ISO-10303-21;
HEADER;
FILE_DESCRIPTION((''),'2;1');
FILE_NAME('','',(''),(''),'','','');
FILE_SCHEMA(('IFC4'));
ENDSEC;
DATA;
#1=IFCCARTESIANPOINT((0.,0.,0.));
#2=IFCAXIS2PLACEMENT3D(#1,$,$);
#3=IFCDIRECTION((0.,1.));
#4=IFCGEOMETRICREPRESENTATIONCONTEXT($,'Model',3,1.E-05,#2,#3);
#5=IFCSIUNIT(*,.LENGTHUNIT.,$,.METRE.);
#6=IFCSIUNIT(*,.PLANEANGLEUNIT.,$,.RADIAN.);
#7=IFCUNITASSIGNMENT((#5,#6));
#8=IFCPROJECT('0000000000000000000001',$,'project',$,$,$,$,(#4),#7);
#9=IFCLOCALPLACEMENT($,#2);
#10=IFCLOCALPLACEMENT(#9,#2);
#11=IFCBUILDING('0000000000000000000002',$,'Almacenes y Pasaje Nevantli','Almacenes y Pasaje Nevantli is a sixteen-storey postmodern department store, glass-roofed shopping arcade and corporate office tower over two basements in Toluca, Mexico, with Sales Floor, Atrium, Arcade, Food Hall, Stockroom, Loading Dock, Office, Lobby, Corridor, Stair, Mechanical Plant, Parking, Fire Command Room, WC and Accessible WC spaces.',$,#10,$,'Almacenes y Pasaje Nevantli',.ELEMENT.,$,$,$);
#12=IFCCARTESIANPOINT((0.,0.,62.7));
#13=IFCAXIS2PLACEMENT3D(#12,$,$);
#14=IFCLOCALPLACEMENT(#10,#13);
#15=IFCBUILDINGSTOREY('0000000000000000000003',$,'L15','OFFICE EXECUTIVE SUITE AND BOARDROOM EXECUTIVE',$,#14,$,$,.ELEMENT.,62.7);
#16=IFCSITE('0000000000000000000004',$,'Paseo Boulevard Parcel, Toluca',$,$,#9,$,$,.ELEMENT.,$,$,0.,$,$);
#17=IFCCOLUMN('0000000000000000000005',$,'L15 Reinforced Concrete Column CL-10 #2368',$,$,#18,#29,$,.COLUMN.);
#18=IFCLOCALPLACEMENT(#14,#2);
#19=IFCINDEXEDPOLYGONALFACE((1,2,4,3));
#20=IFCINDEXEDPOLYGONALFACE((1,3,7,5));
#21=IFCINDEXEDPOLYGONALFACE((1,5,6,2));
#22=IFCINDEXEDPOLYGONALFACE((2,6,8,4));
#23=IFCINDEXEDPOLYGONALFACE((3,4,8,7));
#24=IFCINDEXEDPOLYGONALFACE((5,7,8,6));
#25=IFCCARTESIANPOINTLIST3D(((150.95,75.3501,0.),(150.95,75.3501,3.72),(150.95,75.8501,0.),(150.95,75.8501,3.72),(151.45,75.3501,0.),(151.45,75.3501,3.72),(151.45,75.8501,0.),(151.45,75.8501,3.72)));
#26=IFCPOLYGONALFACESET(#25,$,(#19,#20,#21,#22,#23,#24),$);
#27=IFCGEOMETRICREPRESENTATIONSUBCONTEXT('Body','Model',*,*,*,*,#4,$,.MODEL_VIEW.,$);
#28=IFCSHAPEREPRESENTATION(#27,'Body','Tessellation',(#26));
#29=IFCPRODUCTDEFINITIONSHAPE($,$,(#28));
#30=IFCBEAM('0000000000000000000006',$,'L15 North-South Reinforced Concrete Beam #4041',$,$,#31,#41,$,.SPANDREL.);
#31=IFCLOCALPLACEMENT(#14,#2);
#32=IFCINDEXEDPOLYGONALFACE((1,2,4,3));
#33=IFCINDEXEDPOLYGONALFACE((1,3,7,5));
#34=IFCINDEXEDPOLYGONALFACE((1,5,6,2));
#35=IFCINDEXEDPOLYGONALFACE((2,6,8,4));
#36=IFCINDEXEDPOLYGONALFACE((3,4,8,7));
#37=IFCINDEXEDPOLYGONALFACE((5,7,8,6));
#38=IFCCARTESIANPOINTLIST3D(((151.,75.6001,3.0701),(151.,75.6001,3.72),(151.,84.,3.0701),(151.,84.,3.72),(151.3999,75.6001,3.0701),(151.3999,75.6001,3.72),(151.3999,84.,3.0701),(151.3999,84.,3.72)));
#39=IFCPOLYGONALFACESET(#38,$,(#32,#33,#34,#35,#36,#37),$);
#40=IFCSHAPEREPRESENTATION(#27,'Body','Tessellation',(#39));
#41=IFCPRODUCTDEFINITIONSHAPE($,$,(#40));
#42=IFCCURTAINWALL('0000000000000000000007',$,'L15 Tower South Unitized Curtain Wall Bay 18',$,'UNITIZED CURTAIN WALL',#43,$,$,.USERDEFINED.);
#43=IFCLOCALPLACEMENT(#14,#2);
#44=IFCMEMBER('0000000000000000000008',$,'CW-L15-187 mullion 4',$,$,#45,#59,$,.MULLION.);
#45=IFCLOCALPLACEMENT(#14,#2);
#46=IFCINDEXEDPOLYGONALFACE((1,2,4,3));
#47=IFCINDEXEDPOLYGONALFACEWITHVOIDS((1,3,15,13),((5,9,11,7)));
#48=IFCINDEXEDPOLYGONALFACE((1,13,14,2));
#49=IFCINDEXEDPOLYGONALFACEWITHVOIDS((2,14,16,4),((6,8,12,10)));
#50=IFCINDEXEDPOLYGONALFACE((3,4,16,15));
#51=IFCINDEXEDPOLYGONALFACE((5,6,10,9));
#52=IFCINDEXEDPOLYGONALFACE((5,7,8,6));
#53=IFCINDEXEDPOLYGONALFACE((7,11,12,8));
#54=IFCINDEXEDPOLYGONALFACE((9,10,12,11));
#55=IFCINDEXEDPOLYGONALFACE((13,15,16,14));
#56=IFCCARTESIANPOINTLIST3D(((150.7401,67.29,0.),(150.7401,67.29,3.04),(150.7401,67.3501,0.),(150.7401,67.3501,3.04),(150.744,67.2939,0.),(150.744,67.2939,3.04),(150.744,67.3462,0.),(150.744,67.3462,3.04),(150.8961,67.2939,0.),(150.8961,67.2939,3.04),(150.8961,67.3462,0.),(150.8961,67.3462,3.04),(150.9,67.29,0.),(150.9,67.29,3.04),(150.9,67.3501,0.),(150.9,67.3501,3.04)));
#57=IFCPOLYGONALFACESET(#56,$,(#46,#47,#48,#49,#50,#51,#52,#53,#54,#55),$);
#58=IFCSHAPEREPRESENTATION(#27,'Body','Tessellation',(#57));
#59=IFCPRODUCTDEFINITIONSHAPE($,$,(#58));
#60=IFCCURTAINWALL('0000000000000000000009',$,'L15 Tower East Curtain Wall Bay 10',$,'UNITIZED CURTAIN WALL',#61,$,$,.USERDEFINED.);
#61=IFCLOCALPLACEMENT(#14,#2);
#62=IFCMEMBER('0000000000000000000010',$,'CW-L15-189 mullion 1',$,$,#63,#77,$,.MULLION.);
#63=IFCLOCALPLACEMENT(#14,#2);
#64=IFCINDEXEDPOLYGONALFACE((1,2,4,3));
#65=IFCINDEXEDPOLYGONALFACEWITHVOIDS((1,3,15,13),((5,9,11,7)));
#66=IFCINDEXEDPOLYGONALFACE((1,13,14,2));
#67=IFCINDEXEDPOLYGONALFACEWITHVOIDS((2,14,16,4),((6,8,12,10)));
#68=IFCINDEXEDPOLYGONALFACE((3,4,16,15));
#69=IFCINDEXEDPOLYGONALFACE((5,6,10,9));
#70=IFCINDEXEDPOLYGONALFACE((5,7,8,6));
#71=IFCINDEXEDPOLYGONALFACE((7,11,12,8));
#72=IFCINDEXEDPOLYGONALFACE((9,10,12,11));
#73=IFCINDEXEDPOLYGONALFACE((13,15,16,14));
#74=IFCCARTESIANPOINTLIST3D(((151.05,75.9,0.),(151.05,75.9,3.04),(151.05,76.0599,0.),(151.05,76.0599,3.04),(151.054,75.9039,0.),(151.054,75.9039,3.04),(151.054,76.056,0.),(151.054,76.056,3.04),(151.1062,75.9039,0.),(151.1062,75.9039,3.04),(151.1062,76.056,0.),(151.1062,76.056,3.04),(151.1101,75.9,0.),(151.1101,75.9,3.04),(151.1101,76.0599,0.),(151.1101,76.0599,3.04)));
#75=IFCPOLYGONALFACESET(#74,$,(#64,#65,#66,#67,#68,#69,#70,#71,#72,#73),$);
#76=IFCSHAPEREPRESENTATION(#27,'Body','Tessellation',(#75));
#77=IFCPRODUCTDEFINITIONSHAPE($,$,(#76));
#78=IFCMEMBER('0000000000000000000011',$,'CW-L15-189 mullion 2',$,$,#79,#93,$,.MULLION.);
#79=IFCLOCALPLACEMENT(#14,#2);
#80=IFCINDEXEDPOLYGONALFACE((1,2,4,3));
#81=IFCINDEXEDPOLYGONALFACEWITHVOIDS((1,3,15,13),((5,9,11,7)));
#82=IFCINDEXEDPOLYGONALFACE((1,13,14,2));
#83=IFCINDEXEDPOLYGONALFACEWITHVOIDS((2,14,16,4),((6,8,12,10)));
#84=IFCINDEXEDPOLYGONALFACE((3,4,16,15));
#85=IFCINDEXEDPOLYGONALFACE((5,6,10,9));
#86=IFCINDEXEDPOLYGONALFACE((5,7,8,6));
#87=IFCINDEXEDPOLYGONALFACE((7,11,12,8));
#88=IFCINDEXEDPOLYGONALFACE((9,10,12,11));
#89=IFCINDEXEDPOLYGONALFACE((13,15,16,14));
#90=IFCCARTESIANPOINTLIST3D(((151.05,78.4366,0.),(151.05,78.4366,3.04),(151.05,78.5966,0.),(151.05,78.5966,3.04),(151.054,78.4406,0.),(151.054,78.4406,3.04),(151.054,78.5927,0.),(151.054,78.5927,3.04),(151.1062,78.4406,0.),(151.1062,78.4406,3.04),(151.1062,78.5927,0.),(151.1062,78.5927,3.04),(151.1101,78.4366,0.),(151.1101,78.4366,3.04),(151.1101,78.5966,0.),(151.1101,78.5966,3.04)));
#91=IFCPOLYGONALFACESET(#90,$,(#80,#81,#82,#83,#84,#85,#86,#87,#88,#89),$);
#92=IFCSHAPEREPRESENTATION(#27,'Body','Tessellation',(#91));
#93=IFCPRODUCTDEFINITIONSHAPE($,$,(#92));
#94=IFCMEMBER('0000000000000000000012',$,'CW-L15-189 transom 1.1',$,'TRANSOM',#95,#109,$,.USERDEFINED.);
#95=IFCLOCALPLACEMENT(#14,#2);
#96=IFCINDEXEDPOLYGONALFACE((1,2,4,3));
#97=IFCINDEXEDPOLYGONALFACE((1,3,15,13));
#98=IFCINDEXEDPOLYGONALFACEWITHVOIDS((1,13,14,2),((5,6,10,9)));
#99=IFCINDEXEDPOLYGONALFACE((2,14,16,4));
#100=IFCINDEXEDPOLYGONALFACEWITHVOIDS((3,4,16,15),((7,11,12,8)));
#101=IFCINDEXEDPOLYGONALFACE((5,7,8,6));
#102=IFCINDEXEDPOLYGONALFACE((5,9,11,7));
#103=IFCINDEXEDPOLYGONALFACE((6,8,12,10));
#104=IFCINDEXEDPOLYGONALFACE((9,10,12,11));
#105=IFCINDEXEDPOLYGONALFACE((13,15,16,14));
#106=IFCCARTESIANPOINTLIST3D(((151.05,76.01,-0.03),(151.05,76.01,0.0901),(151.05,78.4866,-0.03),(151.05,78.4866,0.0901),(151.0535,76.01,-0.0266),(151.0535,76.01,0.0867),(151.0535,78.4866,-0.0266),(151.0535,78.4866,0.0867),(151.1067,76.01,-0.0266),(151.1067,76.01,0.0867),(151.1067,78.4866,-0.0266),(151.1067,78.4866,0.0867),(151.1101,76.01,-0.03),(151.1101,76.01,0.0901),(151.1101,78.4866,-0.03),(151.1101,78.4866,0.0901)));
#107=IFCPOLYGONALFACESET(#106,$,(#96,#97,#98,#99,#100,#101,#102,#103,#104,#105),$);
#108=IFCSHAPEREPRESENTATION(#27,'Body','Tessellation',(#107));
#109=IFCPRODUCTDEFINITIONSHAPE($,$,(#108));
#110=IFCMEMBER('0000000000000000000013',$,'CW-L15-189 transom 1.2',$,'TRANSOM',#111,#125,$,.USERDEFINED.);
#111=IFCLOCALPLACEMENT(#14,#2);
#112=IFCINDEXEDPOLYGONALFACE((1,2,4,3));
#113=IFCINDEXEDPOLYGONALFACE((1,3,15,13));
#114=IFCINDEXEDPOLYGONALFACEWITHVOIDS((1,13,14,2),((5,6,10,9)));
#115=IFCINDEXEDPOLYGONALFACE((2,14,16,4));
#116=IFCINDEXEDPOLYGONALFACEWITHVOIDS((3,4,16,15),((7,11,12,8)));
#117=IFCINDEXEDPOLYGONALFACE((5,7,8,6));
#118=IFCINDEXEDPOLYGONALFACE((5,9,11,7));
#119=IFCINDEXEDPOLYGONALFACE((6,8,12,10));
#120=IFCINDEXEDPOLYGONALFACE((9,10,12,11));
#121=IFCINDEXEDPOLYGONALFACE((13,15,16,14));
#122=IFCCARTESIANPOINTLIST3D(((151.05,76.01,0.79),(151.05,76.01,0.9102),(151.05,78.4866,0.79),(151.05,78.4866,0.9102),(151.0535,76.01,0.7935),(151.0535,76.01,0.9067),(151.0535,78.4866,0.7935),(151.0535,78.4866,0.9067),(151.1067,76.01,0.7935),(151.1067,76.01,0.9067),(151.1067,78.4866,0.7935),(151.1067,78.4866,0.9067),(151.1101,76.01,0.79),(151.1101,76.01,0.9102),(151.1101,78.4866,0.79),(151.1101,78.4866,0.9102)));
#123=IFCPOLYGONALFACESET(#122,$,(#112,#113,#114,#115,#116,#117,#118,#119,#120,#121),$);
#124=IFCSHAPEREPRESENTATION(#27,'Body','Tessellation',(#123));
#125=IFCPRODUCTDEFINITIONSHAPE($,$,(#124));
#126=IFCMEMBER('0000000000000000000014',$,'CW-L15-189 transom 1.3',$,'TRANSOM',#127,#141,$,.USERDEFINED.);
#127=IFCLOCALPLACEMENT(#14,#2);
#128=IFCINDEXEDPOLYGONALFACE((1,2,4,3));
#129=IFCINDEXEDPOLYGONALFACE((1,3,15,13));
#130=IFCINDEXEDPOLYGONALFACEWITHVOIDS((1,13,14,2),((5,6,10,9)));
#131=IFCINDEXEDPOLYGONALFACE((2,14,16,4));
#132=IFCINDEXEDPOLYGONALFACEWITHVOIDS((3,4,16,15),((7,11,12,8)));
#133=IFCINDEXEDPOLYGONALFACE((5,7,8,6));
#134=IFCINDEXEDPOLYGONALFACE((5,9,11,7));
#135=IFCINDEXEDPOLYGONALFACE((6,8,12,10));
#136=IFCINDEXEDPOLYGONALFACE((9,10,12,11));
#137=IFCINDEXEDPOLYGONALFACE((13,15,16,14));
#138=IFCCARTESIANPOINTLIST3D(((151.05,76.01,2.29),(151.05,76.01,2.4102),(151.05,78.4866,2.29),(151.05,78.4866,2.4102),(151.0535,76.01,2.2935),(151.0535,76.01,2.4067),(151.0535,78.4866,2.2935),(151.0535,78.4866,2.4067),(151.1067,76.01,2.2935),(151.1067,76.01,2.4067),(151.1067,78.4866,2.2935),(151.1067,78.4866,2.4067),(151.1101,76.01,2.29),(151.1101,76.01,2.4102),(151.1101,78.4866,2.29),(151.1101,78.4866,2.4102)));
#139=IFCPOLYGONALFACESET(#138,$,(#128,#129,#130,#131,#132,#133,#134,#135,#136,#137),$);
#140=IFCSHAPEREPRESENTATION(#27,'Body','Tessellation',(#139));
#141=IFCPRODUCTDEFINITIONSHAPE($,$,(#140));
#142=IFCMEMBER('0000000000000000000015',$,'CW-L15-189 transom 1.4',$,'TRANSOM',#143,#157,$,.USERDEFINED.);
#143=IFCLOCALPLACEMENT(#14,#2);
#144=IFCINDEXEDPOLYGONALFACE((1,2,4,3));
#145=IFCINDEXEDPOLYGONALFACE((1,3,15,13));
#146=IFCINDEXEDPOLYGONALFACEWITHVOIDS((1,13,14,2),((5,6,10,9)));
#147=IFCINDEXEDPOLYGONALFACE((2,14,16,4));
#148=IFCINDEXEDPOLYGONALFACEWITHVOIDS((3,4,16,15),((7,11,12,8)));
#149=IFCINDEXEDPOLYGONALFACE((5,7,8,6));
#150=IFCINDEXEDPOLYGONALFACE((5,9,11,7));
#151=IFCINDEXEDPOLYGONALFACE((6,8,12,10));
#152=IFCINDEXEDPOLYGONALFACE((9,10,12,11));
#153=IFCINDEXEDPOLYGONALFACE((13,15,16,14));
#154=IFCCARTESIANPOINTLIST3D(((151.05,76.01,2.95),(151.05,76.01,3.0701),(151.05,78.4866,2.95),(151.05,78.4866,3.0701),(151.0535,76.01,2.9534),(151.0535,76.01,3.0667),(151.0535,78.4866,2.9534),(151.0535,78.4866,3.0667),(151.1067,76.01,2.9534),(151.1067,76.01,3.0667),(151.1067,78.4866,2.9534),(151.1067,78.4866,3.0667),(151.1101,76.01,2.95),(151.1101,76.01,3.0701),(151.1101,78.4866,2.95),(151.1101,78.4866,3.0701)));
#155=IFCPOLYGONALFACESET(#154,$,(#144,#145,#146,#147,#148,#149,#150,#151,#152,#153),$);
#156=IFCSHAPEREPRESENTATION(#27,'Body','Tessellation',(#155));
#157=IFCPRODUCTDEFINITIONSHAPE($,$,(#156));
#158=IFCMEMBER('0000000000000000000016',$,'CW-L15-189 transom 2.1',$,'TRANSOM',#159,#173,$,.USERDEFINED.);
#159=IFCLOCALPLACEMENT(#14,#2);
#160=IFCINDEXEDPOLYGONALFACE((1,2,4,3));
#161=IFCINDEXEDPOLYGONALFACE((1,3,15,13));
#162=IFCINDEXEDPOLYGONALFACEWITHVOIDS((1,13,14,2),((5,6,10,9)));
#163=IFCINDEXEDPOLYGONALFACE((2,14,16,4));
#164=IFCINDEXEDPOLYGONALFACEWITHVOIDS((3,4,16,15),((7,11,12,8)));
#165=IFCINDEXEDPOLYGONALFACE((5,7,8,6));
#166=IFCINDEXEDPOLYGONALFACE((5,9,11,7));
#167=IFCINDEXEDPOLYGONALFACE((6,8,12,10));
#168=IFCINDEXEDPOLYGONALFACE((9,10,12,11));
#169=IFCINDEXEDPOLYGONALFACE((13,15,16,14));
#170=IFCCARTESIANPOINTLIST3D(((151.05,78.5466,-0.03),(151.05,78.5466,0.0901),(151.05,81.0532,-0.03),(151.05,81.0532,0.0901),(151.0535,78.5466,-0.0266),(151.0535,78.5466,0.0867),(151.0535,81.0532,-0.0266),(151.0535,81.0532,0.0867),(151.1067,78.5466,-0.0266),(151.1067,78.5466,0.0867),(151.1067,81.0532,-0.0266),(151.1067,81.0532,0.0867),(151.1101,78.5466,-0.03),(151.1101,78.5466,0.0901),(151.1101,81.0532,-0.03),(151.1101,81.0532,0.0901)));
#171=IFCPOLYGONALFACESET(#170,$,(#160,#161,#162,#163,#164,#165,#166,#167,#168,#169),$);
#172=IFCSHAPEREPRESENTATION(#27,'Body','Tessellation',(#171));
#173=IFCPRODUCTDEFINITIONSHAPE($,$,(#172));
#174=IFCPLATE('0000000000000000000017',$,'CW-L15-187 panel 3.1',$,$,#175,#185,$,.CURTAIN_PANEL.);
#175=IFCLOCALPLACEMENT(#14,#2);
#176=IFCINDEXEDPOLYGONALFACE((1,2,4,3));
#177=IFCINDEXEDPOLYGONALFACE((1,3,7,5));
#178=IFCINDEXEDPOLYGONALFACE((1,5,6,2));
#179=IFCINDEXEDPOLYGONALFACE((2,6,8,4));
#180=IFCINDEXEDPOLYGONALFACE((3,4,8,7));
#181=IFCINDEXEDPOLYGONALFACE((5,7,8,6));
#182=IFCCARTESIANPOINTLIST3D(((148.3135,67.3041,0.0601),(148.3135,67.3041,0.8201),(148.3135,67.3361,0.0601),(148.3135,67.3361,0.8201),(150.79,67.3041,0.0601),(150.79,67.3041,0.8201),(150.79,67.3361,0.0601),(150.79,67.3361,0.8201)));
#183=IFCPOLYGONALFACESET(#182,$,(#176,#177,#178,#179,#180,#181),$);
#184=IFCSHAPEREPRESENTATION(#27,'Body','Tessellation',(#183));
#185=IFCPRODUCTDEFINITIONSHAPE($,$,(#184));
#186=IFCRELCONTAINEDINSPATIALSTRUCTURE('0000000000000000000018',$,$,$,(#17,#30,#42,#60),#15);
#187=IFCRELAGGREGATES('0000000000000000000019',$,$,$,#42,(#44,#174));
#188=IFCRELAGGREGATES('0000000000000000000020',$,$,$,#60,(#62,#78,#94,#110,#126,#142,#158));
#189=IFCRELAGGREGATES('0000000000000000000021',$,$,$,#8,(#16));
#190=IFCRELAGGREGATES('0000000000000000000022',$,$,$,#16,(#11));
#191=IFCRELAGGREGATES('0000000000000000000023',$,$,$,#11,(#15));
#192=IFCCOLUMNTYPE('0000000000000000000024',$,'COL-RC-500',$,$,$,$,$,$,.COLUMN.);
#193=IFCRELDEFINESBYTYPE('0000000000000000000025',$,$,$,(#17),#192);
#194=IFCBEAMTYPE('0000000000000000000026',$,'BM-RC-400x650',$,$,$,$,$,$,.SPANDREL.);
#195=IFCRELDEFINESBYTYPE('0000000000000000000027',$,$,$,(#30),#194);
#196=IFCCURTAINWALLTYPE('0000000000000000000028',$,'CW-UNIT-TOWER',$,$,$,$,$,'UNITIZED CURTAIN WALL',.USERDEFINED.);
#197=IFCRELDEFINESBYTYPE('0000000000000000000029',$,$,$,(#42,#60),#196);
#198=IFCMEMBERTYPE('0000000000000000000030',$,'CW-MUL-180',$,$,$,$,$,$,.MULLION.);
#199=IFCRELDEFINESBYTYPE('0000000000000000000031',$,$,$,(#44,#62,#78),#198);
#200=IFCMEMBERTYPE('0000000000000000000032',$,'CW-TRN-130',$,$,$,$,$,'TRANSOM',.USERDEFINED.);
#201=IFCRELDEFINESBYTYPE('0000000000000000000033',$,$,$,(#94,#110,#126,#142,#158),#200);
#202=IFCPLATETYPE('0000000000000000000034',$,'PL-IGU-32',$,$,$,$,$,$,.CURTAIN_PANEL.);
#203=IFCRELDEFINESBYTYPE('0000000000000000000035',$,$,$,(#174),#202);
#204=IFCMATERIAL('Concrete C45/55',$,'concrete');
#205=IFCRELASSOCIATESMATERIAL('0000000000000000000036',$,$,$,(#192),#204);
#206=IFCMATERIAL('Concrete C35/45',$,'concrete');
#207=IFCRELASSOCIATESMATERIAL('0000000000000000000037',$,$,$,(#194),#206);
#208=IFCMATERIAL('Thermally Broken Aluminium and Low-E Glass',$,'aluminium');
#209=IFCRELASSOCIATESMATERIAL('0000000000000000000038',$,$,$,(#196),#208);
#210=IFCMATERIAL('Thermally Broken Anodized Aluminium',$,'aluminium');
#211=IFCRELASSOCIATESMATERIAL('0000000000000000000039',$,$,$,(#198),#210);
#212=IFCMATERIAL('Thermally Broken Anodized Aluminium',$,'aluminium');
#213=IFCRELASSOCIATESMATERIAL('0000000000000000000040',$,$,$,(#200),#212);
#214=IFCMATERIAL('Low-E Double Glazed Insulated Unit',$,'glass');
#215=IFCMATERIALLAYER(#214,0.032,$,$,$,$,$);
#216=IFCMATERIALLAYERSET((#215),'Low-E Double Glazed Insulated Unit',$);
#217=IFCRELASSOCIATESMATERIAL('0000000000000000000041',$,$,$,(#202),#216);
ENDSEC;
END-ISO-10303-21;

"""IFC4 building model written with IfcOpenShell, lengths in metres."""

from ifc_helpers import new_model, si_unit, direction, frame, origin, origin_2d, place, context, subcontext, project, spatial, rectangle, hollow_rectangle, extrude, material, layer, layer_set, material_profile, profile_set, type_object, element, aggregate, save


model = new_model("IFC4")

# Units and contexts
model_context = context("Model", 3, precision=1e-05, world=origin(), true_north=direction((0.0, 1.0)))
body_context = subcontext(model_context, "Body", "Model", "MODEL_VIEW")
ifc_project = project(units=[si_unit("LENGTHUNIT", "METRE"), si_unit("PLANEANGLEUNIT", "RADIAN")], contexts=[model_context])

# Site, building, storey
site_placement = place(None, origin())
site = spatial("IfcSite", under=ifc_project, at=site_placement, Name="Paseo Boulevard Parcel, Toluca", CompositionType="ELEMENT", RefElevation=0.0)
building_placement = place(site_placement, origin())
building = spatial("IfcBuilding", under=site, at=building_placement, Name="Almacenes y Pasaje Nevantli", Description="Almacenes y Pasaje Nevantli is a sixteen-storey postmodern department store, glass-roofed shopping arcade and corporate office tower over two basements in Toluca, Mexico, with Sales Floor, Atrium, Arcade, Food Hall, Stockroom, Loading Dock, Office, Lobby, Corridor, Stair, Mechanical Plant, Parking, Fire Command Room, WC and Accessible WC spaces.", LongName="Almacenes y Pasaje Nevantli", CompositionType="ELEMENT")
storey_placement = place(building_placement, frame((0.0, 0.0, 62.7)))
storey = spatial("IfcBuildingStorey", under=building, at=storey_placement, Name="L15", Description="OFFICE EXECUTIVE SUITE AND BOARDROOM EXECUTIVE", CompositionType="ELEMENT", Elevation=62.7)

# Column
ifc_material_1 = material(Name="Concrete C45/55", Category="concrete")
ifc_material_profile_1 = material_profile(ifc_material_1, rectangle(XDim=0.5, YDim=0.5, at=origin_2d()), Name="RC-COL-500x500")
ifc_profile_set_1 = profile_set([ifc_material_profile_1], Name="Concrete C45/55")
column_type = type_object("IfcColumnType", Name="COL-RC-500", PredefinedType="COLUMN", material=ifc_profile_set_1)
column_placement = place(storey_placement, frame((151.2, 75.6001, 0.0), z_axis=(0.0, 0.0, 1.0), x_axis=(1.0, 0.0, 0.0)))
element("IfcColumn", 1, at=column_placement, inside=storey, type_object=column_type, Name="L15 Reinforced Concrete Column CL-10 #2368", PredefinedType="COLUMN", context=body_context, shape_type="SweptSolid", body=[
    extrude(rectangle(XDim=0.5, YDim=0.5, at=origin_2d()), origin(), (0.0, 0.0, 1.0), 3.72),
])

# Beam
ifc_material_2 = material(Name="Concrete C35/45", Category="concrete")
ifc_material_profile_2 = material_profile(ifc_material_2, rectangle(XDim=0.3999, YDim=0.6499, at=origin_2d()), Name="RC-BM-400x650")
ifc_profile_set_2 = profile_set([ifc_material_profile_2], Name="Concrete C35/45")
beam_type = type_object("IfcBeamType", Name="BM-RC-400x650", PredefinedType="SPANDREL", material=ifc_profile_set_2)
beam_placement = place(storey_placement, frame((151.2, 75.6001, 3.395), z_axis=(0.0, 1.0, 0.0), x_axis=(-1.0, 0.0, 0.0)))
element("IfcBeam", 2, at=beam_placement, inside=storey, type_object=beam_type, Name="L15 North-South Reinforced Concrete Beam #4041", PredefinedType="SPANDREL", context=body_context, shape_type="SweptSolid", body=[
    extrude(rectangle(XDim=0.3999, YDim=0.6499, at=origin_2d()), origin(), (0.0, 0.0, 1.0), 8.3999),
])

# Curtain wall, member
ifc_material_3 = material(Name="Thermally Broken Aluminium and Low-E Glass", Category="aluminium")
curtain_wall_type = type_object("IfcCurtainWallType", Name="CW-UNIT-TOWER", ElementType="UNITIZED CURTAIN WALL", PredefinedType="USERDEFINED", material=ifc_material_3)
curtain_wall_1_placement = place(storey_placement, origin())
curtain_wall_1 = element("IfcCurtainWall", 3, at=curtain_wall_1_placement, inside=storey, type_object=curtain_wall_type, Name="L15 Tower South Unitized Curtain Wall Bay 18", ObjectType="UNITIZED CURTAIN WALL", PredefinedType="USERDEFINED")
ifc_material_4 = material(Name="Thermally Broken Anodized Aluminium", Category="aluminium")
ifc_material_profile_3 = material_profile(ifc_material_4, hollow_rectangle(XDim=0.0601, YDim=0.1599, WallThickness=0.0039, at=origin_2d()), Name="ALU-MUL-60x160")
ifc_profile_set_3 = profile_set([ifc_material_profile_3], Name="Thermally Broken Anodized Aluminium")
member_type_1 = type_object("IfcMemberType", Name="CW-MUL-180", PredefinedType="MULLION", material=ifc_profile_set_3)
member_1_placement = place(storey_placement, frame((150.8201, 67.3201, 0.0), z_axis=(0.0, 0.0, 1.0), x_axis=(0.0, 1.0, 0.0)))
member_1 = element("IfcMember", 4, at=member_1_placement, type_object=member_type_1, Name="CW-L15-187 mullion 4", PredefinedType="MULLION", context=body_context, shape_type="SweptSolid", body=[
    extrude(hollow_rectangle(XDim=0.0601, YDim=0.1599, WallThickness=0.0039, at=origin_2d()), origin(), (0.0, 0.0, 1.0), 3.04),
])

# Curtain wall, members
curtain_wall_2_placement = place(storey_placement, origin())
curtain_wall_2 = element("IfcCurtainWall", 5, at=curtain_wall_2_placement, inside=storey, type_object=curtain_wall_type, Name="L15 Tower East Curtain Wall Bay 10", ObjectType="UNITIZED CURTAIN WALL", PredefinedType="USERDEFINED")
member_2_placement = place(storey_placement, frame((151.0801, 75.98, 0.0), z_axis=(0.0, 0.0, 1.0), x_axis=(-1.0, 0.0, 0.0)))
member_2 = element("IfcMember", 6, at=member_2_placement, type_object=member_type_1, Name="CW-L15-189 mullion 1", PredefinedType="MULLION", context=body_context, shape_type="SweptSolid", body=[
    extrude(hollow_rectangle(XDim=0.0601, YDim=0.1599, WallThickness=0.0039, at=origin_2d()), origin(), (0.0, 0.0, 1.0), 3.04),
])
member_3_placement = place(storey_placement, frame((151.0801, 78.5166, 0.0), z_axis=(0.0, 0.0, 1.0), x_axis=(-1.0, 0.0, 0.0)))
member_3 = element("IfcMember", 7, at=member_3_placement, type_object=member_type_1, Name="CW-L15-189 mullion 2", PredefinedType="MULLION", context=body_context, shape_type="SweptSolid", body=[
    extrude(hollow_rectangle(XDim=0.0601, YDim=0.1599, WallThickness=0.0039, at=origin_2d()), origin(), (0.0, 0.0, 1.0), 3.04),
])
ifc_material_5 = material(Name="Thermally Broken Anodized Aluminium", Category="aluminium")
ifc_material_profile_4 = material_profile(ifc_material_5, hollow_rectangle(XDim=0.0601, YDim=0.1201, WallThickness=0.0034, at=origin_2d()), Name="ALU-TRN-60x120")
ifc_profile_set_4 = profile_set([ifc_material_profile_4], Name="Thermally Broken Anodized Aluminium")
member_type_2 = type_object("IfcMemberType", Name="CW-TRN-130", ElementType="TRANSOM", PredefinedType="USERDEFINED", material=ifc_profile_set_4)
member_4_placement = place(storey_placement, frame((151.0801, 76.01, 0.03), z_axis=(0.0, 1.0, 0.0), x_axis=(-1.0, 0.0, 0.0)))
member_4 = element("IfcMember", 8, at=member_4_placement, type_object=member_type_2, Name="CW-L15-189 transom 1.1", ObjectType="TRANSOM", PredefinedType="USERDEFINED", context=body_context, shape_type="SweptSolid", body=[
    extrude(hollow_rectangle(XDim=0.0601, YDim=0.1201, WallThickness=0.0034, at=origin_2d()), origin(), (0.0, 0.0, 1.0), 2.4766),
])
member_5_placement = place(storey_placement, frame((151.0801, 76.01, 0.8501), z_axis=(0.0, 1.0, 0.0), x_axis=(-1.0, 0.0, 0.0)))
member_5 = element("IfcMember", 9, at=member_5_placement, type_object=member_type_2, Name="CW-L15-189 transom 1.2", ObjectType="TRANSOM", PredefinedType="USERDEFINED", context=body_context, shape_type="SweptSolid", body=[
    extrude(hollow_rectangle(XDim=0.0601, YDim=0.1201, WallThickness=0.0034, at=origin_2d()), origin(), (0.0, 0.0, 1.0), 2.4766),
])
member_6_placement = place(storey_placement, frame((151.0801, 76.01, 2.3501), z_axis=(0.0, 1.0, 0.0), x_axis=(-1.0, 0.0, 0.0)))
member_6 = element("IfcMember", 10, at=member_6_placement, type_object=member_type_2, Name="CW-L15-189 transom 1.3", ObjectType="TRANSOM", PredefinedType="USERDEFINED", context=body_context, shape_type="SweptSolid", body=[
    extrude(hollow_rectangle(XDim=0.0601, YDim=0.1201, WallThickness=0.0034, at=origin_2d()), origin(), (0.0, 0.0, 1.0), 2.4766),
])
member_7_placement = place(storey_placement, frame((151.0801, 76.01, 3.01), z_axis=(0.0, 1.0, 0.0), x_axis=(-1.0, 0.0, 0.0)))
member_7 = element("IfcMember", 11, at=member_7_placement, type_object=member_type_2, Name="CW-L15-189 transom 1.4", ObjectType="TRANSOM", PredefinedType="USERDEFINED", context=body_context, shape_type="SweptSolid", body=[
    extrude(hollow_rectangle(XDim=0.0601, YDim=0.1201, WallThickness=0.0034, at=origin_2d()), origin(), (0.0, 0.0, 1.0), 2.4766),
])
member_8_placement = place(storey_placement, frame((151.0801, 78.5466, 0.03), z_axis=(0.0, 1.0, 0.0), x_axis=(-1.0, 0.0, 0.0)))
member_8 = element("IfcMember", 12, at=member_8_placement, type_object=member_type_2, Name="CW-L15-189 transom 2.1", ObjectType="TRANSOM", PredefinedType="USERDEFINED", context=body_context, shape_type="SweptSolid", body=[
    extrude(hollow_rectangle(XDim=0.0601, YDim=0.1201, WallThickness=0.0034, at=origin_2d()), origin(), (0.0, 0.0, 1.0), 2.5066),
])

# Plate
ifc_material_6 = material(Name="Low-E Double Glazed Insulated Unit", Category="glass")
ifc_layer_1 = layer(ifc_material_6, 0.032)
ifc_layer_set_1 = layer_set([ifc_layer_1], Name="Low-E Double Glazed Insulated Unit")
plate_type_1 = type_object("IfcPlateType", Name="PL-IGU-32", PredefinedType="CURTAIN_PANEL", material=ifc_layer_set_1)
plate_1_placement = place(storey_placement, frame((149.5518, 67.3201, 0.0601), z_axis=(0.0, 0.0, 1.0), x_axis=(1.0, 0.0, 0.0)))
plate_1 = element("IfcPlate", 13, at=plate_1_placement, type_object=plate_type_1, Name="CW-L15-187 panel 3.1", PredefinedType="CURTAIN_PANEL", context=body_context, shape_type="SweptSolid", body=[
    extrude(rectangle(XDim=2.4766, YDim=0.032, at=origin_2d()), origin(), (0.0, 0.0, 1.0), 0.76),
])
aggregate(curtain_wall_1, [member_1, plate_1])
aggregate(curtain_wall_2, [member_2, member_3, member_4, member_5, member_6, member_7, member_8])

save(model, "model.ifc")
